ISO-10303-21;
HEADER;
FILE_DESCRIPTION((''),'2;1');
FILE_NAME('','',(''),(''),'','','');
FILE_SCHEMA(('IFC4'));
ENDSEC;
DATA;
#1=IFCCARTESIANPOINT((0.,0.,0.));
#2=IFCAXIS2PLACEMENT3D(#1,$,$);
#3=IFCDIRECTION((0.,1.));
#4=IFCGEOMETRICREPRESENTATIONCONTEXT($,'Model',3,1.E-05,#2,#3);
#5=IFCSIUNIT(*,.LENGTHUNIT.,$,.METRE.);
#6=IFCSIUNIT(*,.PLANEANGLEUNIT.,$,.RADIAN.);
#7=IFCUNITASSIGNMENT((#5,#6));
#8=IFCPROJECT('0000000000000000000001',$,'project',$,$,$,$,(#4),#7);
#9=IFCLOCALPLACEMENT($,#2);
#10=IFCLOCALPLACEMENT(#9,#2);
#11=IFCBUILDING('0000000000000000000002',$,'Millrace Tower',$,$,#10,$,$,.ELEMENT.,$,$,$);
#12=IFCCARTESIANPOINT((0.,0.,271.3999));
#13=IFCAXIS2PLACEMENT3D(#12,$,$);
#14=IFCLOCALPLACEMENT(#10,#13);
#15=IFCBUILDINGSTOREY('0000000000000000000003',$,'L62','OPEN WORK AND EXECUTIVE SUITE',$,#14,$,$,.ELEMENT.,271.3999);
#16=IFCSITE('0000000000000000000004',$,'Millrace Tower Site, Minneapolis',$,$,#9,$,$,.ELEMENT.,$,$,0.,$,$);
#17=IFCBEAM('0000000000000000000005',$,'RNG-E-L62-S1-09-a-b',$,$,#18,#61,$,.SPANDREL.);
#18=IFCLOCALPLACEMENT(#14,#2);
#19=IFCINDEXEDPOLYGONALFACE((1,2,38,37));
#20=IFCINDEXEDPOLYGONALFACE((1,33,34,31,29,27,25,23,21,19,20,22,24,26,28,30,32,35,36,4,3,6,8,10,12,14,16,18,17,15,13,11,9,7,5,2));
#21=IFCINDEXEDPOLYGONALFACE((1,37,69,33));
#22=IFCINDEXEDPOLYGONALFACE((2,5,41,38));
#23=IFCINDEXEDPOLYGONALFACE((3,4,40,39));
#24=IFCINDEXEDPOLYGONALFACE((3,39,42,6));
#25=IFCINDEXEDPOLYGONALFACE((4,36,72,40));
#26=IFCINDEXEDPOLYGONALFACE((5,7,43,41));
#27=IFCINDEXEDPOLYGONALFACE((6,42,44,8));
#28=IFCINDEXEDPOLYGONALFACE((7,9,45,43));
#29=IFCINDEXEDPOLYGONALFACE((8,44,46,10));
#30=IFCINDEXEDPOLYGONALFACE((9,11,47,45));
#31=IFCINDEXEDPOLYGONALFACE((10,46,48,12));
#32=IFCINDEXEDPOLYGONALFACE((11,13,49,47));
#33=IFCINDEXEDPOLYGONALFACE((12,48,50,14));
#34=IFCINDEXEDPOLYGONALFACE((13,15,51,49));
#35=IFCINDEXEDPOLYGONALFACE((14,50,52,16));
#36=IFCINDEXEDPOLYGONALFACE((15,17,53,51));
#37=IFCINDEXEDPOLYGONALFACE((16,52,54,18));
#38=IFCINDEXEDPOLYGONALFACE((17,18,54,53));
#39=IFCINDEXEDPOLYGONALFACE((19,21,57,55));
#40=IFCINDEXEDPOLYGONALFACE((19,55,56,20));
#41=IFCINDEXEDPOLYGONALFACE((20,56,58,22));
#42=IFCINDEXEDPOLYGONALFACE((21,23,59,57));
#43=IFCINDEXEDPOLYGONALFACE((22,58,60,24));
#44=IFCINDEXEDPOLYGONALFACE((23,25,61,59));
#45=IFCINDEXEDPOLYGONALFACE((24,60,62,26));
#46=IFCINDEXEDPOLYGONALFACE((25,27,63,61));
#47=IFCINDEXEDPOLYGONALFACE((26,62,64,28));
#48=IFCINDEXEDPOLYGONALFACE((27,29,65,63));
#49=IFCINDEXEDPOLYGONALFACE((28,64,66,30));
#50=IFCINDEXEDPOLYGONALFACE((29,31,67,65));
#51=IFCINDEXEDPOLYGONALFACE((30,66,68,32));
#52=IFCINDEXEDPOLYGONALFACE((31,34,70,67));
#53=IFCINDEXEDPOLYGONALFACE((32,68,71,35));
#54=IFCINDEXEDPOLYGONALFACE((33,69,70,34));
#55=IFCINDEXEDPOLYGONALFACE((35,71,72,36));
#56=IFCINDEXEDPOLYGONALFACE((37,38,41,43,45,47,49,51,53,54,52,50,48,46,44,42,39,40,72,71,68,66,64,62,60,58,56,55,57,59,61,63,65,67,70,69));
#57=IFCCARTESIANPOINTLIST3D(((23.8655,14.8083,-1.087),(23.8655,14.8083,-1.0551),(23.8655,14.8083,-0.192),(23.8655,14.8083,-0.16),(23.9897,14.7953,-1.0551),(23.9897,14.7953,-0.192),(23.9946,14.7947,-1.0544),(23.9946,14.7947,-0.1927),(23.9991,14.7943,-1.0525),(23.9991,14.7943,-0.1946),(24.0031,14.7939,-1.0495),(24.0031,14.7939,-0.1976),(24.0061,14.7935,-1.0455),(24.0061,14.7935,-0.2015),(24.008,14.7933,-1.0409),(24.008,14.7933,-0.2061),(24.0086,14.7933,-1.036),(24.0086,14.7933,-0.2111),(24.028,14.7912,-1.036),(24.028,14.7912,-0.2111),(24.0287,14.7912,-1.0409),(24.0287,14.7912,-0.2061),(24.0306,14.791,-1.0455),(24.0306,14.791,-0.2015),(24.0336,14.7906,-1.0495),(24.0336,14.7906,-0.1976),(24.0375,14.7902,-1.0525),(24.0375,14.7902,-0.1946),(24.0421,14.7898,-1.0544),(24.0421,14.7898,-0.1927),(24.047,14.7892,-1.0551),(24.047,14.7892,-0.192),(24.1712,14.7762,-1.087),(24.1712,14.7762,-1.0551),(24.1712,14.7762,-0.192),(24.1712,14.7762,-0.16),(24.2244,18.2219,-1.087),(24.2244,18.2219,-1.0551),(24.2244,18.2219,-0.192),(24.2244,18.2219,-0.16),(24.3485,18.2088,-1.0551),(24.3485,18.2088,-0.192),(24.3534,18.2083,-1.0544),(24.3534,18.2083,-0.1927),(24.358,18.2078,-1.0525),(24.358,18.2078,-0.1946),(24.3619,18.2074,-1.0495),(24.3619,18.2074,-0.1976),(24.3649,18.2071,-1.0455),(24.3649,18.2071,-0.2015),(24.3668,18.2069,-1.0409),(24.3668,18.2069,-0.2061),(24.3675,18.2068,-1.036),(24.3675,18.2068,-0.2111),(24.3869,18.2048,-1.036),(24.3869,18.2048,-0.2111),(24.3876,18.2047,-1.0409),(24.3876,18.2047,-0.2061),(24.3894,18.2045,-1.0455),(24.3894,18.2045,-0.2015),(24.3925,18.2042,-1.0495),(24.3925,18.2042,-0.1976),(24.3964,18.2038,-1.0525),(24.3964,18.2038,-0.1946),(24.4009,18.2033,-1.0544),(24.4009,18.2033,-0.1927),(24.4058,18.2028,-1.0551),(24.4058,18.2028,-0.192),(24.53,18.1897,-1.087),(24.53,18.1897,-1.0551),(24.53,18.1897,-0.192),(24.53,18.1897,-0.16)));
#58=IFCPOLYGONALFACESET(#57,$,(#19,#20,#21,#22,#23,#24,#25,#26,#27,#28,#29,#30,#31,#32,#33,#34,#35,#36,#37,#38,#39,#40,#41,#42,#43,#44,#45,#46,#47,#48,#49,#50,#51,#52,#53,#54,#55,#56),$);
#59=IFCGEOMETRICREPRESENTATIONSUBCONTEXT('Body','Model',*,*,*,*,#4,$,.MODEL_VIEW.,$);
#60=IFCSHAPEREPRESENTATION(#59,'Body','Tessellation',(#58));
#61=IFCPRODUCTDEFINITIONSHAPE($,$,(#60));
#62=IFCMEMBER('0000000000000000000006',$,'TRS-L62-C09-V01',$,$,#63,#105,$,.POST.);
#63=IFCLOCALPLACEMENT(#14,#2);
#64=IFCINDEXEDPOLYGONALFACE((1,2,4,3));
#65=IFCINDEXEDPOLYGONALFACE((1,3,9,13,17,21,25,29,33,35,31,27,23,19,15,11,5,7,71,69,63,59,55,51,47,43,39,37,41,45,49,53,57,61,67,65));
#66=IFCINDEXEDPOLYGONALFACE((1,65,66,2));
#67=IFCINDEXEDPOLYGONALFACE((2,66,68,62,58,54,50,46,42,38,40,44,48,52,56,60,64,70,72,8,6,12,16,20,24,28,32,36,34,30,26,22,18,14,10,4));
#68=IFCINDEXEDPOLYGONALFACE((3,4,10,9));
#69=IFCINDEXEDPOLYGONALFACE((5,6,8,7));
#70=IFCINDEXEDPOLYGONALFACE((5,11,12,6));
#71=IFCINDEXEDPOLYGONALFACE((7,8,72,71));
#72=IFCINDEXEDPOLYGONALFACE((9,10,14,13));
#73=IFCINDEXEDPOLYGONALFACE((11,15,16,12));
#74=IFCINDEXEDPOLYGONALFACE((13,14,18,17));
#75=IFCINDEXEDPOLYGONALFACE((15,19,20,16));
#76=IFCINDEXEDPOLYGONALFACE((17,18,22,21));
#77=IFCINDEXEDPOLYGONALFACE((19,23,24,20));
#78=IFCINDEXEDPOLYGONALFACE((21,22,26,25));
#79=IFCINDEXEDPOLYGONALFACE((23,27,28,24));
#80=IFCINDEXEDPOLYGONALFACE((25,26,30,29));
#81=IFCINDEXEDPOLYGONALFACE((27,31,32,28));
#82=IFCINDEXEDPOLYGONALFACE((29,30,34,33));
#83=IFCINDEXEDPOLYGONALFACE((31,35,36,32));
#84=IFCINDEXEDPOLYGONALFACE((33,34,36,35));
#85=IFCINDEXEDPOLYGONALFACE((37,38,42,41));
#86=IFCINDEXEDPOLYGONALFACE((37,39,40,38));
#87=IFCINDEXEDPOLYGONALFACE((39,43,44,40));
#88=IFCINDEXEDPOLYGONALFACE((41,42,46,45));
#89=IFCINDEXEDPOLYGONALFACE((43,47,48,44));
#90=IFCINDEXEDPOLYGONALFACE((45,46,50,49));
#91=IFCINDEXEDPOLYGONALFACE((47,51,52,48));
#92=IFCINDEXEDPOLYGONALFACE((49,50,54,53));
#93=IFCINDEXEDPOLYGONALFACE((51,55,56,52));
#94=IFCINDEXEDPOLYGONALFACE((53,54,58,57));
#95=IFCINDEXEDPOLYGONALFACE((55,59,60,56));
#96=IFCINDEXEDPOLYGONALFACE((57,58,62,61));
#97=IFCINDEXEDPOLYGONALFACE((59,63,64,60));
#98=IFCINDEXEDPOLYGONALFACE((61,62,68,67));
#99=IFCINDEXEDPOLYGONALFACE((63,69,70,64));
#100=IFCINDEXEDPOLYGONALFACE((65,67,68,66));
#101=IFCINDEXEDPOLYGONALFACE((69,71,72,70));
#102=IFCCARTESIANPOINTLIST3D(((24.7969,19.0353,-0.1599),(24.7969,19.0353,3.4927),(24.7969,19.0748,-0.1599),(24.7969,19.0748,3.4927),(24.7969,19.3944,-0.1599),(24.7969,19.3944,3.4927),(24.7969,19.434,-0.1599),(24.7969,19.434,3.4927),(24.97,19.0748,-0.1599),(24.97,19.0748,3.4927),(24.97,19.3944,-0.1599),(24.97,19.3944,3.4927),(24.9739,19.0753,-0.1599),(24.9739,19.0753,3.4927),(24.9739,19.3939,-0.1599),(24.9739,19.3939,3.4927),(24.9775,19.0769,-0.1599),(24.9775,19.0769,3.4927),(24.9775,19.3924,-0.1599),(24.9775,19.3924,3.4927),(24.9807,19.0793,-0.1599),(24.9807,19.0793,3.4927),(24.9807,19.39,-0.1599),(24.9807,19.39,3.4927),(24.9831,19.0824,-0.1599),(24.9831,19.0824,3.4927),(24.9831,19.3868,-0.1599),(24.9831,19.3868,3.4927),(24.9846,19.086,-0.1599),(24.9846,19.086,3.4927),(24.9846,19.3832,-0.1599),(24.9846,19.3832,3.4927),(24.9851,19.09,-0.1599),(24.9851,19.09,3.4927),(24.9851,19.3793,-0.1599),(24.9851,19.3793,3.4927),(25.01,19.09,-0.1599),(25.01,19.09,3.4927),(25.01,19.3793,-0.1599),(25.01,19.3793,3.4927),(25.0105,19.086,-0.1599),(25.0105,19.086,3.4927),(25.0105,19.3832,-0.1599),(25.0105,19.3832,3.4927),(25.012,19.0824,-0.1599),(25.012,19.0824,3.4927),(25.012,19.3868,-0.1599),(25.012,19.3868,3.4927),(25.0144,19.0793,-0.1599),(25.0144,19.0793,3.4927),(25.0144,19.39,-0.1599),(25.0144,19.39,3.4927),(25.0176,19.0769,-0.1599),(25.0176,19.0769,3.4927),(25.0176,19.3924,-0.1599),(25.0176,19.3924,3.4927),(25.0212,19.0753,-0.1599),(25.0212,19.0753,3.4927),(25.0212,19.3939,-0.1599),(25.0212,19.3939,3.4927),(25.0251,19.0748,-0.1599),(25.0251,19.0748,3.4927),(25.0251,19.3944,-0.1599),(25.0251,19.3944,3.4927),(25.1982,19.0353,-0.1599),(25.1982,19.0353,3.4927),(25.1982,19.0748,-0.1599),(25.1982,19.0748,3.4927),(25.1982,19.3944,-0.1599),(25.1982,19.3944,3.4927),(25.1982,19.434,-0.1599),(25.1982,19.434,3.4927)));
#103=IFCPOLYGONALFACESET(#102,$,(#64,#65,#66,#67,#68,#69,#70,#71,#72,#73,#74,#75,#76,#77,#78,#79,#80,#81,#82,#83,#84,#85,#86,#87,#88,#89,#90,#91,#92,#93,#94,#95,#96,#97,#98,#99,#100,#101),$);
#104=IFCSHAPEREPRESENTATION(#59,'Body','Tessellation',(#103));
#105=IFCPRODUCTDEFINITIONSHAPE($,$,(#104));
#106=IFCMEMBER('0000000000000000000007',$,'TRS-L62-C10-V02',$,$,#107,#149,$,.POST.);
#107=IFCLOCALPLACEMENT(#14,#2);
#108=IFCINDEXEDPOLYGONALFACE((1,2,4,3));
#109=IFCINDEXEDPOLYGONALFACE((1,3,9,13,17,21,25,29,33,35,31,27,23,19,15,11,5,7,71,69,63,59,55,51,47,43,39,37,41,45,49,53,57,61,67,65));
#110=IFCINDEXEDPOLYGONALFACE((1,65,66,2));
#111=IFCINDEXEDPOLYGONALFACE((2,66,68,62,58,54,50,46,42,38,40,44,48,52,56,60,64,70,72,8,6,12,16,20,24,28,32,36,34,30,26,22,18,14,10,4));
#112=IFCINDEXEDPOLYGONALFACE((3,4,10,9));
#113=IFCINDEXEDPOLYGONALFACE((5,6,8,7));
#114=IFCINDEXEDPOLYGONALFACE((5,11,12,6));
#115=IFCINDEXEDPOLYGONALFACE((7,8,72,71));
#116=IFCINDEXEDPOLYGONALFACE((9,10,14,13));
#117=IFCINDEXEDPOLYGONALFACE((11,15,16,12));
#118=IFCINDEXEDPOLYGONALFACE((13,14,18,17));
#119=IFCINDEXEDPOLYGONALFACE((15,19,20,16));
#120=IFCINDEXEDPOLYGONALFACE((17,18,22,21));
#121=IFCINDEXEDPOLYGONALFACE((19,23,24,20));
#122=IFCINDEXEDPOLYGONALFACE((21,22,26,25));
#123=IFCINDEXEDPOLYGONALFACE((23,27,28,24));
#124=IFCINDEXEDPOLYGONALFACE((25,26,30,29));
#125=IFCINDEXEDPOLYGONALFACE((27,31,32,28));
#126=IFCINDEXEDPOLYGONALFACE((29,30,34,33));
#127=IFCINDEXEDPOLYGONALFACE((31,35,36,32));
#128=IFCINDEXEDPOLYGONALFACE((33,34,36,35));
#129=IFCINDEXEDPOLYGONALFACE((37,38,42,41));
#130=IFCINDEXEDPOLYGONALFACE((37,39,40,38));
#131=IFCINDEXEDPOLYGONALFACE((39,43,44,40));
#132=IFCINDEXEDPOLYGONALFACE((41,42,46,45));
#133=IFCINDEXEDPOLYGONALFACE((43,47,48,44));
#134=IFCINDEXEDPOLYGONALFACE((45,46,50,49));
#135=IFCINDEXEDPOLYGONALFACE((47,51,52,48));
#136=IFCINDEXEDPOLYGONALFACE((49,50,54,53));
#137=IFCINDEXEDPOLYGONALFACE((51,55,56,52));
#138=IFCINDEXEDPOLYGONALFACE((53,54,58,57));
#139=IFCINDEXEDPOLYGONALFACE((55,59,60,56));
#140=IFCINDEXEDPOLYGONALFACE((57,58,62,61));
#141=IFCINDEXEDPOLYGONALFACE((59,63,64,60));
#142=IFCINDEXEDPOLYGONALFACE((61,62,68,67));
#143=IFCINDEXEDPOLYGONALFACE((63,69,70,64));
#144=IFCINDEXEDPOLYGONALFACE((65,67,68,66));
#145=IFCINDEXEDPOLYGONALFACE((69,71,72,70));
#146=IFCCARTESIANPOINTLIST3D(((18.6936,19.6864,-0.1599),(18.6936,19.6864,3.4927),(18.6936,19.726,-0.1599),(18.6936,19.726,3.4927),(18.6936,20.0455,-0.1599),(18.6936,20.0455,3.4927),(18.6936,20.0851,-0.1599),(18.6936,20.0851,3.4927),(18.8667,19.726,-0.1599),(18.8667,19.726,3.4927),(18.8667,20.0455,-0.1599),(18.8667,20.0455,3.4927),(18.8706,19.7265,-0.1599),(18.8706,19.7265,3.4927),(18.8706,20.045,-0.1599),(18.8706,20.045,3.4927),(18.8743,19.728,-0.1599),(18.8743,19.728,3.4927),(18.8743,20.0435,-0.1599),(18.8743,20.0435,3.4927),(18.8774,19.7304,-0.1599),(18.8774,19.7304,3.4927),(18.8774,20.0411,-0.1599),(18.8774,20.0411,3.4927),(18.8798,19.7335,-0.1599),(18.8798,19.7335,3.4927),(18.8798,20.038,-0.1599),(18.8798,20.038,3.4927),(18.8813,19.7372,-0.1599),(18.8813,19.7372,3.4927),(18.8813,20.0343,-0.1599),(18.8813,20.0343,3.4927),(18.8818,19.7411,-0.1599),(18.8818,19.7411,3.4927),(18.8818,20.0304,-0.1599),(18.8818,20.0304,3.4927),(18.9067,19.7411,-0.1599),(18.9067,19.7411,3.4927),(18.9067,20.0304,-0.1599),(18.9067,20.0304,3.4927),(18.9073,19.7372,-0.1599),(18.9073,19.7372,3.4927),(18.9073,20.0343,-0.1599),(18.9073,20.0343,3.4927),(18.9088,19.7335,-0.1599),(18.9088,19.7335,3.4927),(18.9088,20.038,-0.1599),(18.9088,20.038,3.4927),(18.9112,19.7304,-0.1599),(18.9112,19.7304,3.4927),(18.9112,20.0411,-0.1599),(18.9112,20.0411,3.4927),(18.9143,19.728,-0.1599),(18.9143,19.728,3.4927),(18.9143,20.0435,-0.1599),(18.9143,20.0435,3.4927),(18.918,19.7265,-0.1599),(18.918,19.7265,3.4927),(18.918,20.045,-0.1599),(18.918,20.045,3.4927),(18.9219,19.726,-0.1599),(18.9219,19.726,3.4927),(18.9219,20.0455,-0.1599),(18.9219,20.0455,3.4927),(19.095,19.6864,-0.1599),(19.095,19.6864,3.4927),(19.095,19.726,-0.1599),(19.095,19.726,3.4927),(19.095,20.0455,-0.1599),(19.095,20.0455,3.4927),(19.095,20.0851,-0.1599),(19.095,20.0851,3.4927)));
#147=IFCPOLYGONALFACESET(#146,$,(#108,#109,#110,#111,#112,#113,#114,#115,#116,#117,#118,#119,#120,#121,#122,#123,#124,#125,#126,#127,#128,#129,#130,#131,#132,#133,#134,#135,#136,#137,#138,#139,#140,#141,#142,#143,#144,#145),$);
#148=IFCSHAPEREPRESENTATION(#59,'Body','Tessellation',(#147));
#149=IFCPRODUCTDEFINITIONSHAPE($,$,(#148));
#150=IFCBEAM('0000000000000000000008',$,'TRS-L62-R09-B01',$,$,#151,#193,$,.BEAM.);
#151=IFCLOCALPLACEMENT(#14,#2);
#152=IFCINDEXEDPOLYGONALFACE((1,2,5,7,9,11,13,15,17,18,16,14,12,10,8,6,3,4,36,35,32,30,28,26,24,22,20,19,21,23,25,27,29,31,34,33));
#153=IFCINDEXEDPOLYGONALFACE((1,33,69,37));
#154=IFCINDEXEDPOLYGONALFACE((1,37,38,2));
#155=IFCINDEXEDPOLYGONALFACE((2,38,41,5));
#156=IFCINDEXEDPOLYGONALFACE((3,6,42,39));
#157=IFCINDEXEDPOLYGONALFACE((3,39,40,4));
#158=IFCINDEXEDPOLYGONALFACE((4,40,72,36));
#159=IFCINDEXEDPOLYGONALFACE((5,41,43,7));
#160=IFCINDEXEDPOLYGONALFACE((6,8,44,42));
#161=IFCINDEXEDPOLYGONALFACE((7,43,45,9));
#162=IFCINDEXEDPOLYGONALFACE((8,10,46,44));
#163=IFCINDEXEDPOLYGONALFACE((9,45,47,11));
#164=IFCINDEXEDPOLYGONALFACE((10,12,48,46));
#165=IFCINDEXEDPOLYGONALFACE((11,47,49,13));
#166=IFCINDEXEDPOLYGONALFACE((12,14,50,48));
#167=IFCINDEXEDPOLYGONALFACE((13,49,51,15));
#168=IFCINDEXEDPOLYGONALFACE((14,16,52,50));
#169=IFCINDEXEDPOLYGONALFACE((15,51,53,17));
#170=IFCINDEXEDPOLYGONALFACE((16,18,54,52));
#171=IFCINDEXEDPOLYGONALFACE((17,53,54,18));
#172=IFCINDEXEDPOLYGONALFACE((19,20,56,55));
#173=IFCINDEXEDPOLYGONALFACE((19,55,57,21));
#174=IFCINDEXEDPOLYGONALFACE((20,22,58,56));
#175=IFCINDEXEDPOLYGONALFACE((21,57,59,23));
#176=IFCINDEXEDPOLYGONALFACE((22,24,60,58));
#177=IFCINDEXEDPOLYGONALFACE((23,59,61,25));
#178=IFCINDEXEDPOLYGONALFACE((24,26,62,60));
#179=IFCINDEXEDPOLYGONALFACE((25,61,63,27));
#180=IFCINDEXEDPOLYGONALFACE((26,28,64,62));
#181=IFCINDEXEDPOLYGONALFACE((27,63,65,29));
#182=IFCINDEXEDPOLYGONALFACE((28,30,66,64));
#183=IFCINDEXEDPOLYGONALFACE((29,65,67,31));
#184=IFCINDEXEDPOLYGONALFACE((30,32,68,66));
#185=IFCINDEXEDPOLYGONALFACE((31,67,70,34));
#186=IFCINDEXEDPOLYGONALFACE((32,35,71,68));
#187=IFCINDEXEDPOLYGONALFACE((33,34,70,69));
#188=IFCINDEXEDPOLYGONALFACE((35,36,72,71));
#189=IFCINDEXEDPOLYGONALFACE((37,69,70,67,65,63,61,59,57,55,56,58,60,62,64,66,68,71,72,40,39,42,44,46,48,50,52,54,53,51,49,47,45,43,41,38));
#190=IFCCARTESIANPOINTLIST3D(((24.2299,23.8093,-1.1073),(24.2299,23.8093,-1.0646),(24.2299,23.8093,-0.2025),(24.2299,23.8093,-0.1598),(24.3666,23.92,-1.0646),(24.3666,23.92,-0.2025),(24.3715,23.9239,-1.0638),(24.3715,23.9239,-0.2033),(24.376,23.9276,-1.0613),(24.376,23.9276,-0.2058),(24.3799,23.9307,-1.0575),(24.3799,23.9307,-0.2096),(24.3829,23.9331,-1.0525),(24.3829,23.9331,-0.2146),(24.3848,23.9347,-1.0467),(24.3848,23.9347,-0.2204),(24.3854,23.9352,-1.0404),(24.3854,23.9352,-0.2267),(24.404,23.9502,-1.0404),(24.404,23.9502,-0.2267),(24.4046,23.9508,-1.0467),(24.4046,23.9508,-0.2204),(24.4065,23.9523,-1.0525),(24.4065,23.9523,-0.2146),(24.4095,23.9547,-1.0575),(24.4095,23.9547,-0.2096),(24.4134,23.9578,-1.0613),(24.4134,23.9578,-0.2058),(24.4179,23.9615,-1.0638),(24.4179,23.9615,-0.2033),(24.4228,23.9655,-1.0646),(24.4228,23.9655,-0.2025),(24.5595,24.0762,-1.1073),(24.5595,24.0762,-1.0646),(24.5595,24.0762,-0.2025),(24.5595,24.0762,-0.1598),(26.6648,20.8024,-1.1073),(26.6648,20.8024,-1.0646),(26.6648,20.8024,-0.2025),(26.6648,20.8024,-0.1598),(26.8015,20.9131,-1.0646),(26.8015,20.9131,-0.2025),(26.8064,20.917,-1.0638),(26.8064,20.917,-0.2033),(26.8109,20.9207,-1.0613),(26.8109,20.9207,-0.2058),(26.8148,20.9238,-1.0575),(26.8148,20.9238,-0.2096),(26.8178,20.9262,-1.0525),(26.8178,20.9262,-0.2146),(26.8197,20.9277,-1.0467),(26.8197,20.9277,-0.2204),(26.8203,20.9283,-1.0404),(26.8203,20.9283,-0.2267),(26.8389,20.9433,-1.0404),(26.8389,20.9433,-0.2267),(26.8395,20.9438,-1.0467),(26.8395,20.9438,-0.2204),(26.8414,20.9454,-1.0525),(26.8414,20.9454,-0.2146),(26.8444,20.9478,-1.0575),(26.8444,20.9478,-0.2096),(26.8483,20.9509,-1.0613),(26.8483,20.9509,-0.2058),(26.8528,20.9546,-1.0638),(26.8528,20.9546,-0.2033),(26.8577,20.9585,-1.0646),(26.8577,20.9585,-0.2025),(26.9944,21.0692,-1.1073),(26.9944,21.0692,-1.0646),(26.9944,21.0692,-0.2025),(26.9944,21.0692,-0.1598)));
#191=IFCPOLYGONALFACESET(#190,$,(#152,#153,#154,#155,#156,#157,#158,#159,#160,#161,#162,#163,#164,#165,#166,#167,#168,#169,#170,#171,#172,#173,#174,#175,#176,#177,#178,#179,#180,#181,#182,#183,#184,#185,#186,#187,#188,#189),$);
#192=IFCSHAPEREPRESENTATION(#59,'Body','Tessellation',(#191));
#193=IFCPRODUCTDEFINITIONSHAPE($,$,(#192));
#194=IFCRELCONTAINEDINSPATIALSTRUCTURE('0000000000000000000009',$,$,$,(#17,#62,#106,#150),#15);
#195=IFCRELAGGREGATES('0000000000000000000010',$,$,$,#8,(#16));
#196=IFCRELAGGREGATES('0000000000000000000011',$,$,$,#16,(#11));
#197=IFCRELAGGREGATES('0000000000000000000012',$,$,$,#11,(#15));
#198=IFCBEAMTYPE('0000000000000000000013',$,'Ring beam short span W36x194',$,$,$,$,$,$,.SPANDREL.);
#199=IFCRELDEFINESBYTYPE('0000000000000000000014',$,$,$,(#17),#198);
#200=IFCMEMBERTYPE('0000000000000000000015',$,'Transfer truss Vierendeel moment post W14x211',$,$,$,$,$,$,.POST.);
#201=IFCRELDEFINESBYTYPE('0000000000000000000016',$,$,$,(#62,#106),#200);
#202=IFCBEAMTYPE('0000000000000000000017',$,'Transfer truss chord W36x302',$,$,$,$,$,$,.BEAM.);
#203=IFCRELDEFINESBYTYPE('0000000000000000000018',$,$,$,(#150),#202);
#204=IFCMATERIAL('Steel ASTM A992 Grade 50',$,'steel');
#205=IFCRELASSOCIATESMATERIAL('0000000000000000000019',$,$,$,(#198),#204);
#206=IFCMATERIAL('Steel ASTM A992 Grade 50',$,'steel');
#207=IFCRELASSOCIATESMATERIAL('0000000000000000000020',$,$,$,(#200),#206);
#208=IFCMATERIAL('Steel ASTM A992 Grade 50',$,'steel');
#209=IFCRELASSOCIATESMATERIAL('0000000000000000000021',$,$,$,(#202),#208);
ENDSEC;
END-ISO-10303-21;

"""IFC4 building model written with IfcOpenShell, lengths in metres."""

from ifc_helpers import new_model, si_unit, direction, frame, origin, origin_2d, place, context, subcontext, project, spatial, i_section, extrude, material, material_profile, profile_set, type_object, element, save


model = new_model("IFC4")

# Units and contexts
model_context = context("Model", 3, precision=1e-05, world=origin(), true_north=direction((0.0, 1.0)))
body_context = subcontext(model_context, "Body", "Model", "MODEL_VIEW")
ifc_project = project(units=[si_unit("LENGTHUNIT", "METRE"), si_unit("PLANEANGLEUNIT", "RADIAN")], contexts=[model_context])

# Site, building, storey
site_placement = place(None, origin())
site = spatial("IfcSite", under=ifc_project, at=site_placement, Name="Millrace Tower Site, Minneapolis", CompositionType="ELEMENT", RefElevation=0.0)
building_placement = place(site_placement, origin())
building = spatial("IfcBuilding", under=site, at=building_placement, Name="Millrace Tower", CompositionType="ELEMENT")
storey_placement = place(building_placement, frame((0.0, 0.0, 271.3999)))
storey = spatial("IfcBuildingStorey", under=building, at=storey_placement, Name="L62", Description="OPEN WORK AND EXECUTIVE SUITE", CompositionType="ELEMENT", Elevation=271.3999)

# Beam
ifc_material_1 = material(Name="Steel ASTM A992 Grade 50", Category="steel")
ifc_material_profile_1 = material_profile(ifc_material_1, i_section(OverallWidth=0.3074, OverallDepth=0.927, WebThickness=0.0195, FlangeThickness=0.032, FilletRadius=0.019, at=origin_2d()))
ifc_profile_set_1 = profile_set([ifc_material_profile_1], Name="Steel ASTM A992 Grade 50")
beam_type_1 = type_object("IfcBeamType", Name="Ring beam short span W36x194", PredefinedType="SPANDREL", material=ifc_profile_set_1)
beam_1_placement = place(storey_placement, frame((24.3772, 18.2058, -0.6235), z_axis=(-0.104559, -0.994519, 0.0), x_axis=(0.994519, -0.104559, 0.0)))
element("IfcBeam", 1, at=beam_1_placement, inside=storey, type_object=beam_type_1, Name="RNG-E-L62-S1-09-a-b", PredefinedType="SPANDREL", context=body_context, shape_type="SweptSolid", body=[
    extrude(i_section(OverallWidth=0.3074, OverallDepth=0.927, WebThickness=0.0195, FlangeThickness=0.032, FilletRadius=0.019, at=origin_2d()), origin(), (0.0, 0.0, 1.0), 3.4324),
])

# Members
ifc_material_2 = material(Name="Steel ASTM A992 Grade 50", Category="steel")
ifc_material_profile_2 = material_profile(ifc_material_2, i_section(OverallWidth=0.4014, OverallDepth=0.3987, WebThickness=0.0249, FlangeThickness=0.0396, FilletRadius=0.0151, at=origin_2d()))
ifc_profile_set_2 = profile_set([ifc_material_profile_2], Name="Steel ASTM A992 Grade 50")
member_type_1 = type_object("IfcMemberType", Name="Transfer truss Vierendeel moment post W14x211", PredefinedType="POST", material=ifc_profile_set_2)
for number, where, z_axis, x_axis, name in (
    (2, (24.9976, 19.2346, -0.1599), (0.0, 0.0, 1.0), (1.0, 0.0, 0.0), "TRS-L62-C09-V01"),
    (3, (18.8943, 19.8857, -0.1599), (0.0, 0.0, 1.0), (1.0, 0.0, 0.0), "TRS-L62-C10-V02"),
):
    element("IfcMember", number, at=place(storey_placement, frame(where, z_axis=z_axis, x_axis=x_axis)), inside=storey, type_object=member_type_1, Name=name, PredefinedType="POST", context=body_context, shape_type="SweptSolid", body=[
        extrude(i_section(OverallWidth=0.4014, OverallDepth=0.3987, WebThickness=0.0249, FlangeThickness=0.0396, FilletRadius=0.0151, at=origin_2d()), origin(), (0.0, 0.0, 1.0), 3.6526),
    ])

# Beam
ifc_material_3 = material(Name="Steel ASTM A992 Grade 50", Category="steel")
ifc_material_profile_3 = material_profile(ifc_material_3, i_section(OverallWidth=0.4241, OverallDepth=0.9475, WebThickness=0.0239, FlangeThickness=0.0427, FilletRadius=0.0242, at=origin_2d()))
ifc_profile_set_3 = profile_set([ifc_material_profile_3], Name="Steel ASTM A992 Grade 50")
beam_type_2 = type_object("IfcBeamType", Name="Transfer truss chord W36x302", PredefinedType="BEAM", material=ifc_profile_set_3)
for number, where, z_axis, x_axis, name in (
    (4, (26.8296, 20.9358, -0.6335), (-0.629309, 0.777155, 0.0), (-0.777155, -0.629309, 0.0), "TRS-L62-R09-B01"),
):
    element("IfcBeam", number, at=place(storey_placement, frame(where, z_axis=z_axis, x_axis=x_axis)), inside=storey, type_object=beam_type_2, Name=name, PredefinedType="BEAM", context=body_context, shape_type="SweptSolid", body=[
        extrude(i_section(OverallWidth=0.4241, OverallDepth=0.9475, WebThickness=0.0239, FlangeThickness=0.0427, FilletRadius=0.0242, at=origin_2d()), origin(), (0.0, 0.0, 1.0), 3.8691),
    ])

save(model, "model.ifc")
